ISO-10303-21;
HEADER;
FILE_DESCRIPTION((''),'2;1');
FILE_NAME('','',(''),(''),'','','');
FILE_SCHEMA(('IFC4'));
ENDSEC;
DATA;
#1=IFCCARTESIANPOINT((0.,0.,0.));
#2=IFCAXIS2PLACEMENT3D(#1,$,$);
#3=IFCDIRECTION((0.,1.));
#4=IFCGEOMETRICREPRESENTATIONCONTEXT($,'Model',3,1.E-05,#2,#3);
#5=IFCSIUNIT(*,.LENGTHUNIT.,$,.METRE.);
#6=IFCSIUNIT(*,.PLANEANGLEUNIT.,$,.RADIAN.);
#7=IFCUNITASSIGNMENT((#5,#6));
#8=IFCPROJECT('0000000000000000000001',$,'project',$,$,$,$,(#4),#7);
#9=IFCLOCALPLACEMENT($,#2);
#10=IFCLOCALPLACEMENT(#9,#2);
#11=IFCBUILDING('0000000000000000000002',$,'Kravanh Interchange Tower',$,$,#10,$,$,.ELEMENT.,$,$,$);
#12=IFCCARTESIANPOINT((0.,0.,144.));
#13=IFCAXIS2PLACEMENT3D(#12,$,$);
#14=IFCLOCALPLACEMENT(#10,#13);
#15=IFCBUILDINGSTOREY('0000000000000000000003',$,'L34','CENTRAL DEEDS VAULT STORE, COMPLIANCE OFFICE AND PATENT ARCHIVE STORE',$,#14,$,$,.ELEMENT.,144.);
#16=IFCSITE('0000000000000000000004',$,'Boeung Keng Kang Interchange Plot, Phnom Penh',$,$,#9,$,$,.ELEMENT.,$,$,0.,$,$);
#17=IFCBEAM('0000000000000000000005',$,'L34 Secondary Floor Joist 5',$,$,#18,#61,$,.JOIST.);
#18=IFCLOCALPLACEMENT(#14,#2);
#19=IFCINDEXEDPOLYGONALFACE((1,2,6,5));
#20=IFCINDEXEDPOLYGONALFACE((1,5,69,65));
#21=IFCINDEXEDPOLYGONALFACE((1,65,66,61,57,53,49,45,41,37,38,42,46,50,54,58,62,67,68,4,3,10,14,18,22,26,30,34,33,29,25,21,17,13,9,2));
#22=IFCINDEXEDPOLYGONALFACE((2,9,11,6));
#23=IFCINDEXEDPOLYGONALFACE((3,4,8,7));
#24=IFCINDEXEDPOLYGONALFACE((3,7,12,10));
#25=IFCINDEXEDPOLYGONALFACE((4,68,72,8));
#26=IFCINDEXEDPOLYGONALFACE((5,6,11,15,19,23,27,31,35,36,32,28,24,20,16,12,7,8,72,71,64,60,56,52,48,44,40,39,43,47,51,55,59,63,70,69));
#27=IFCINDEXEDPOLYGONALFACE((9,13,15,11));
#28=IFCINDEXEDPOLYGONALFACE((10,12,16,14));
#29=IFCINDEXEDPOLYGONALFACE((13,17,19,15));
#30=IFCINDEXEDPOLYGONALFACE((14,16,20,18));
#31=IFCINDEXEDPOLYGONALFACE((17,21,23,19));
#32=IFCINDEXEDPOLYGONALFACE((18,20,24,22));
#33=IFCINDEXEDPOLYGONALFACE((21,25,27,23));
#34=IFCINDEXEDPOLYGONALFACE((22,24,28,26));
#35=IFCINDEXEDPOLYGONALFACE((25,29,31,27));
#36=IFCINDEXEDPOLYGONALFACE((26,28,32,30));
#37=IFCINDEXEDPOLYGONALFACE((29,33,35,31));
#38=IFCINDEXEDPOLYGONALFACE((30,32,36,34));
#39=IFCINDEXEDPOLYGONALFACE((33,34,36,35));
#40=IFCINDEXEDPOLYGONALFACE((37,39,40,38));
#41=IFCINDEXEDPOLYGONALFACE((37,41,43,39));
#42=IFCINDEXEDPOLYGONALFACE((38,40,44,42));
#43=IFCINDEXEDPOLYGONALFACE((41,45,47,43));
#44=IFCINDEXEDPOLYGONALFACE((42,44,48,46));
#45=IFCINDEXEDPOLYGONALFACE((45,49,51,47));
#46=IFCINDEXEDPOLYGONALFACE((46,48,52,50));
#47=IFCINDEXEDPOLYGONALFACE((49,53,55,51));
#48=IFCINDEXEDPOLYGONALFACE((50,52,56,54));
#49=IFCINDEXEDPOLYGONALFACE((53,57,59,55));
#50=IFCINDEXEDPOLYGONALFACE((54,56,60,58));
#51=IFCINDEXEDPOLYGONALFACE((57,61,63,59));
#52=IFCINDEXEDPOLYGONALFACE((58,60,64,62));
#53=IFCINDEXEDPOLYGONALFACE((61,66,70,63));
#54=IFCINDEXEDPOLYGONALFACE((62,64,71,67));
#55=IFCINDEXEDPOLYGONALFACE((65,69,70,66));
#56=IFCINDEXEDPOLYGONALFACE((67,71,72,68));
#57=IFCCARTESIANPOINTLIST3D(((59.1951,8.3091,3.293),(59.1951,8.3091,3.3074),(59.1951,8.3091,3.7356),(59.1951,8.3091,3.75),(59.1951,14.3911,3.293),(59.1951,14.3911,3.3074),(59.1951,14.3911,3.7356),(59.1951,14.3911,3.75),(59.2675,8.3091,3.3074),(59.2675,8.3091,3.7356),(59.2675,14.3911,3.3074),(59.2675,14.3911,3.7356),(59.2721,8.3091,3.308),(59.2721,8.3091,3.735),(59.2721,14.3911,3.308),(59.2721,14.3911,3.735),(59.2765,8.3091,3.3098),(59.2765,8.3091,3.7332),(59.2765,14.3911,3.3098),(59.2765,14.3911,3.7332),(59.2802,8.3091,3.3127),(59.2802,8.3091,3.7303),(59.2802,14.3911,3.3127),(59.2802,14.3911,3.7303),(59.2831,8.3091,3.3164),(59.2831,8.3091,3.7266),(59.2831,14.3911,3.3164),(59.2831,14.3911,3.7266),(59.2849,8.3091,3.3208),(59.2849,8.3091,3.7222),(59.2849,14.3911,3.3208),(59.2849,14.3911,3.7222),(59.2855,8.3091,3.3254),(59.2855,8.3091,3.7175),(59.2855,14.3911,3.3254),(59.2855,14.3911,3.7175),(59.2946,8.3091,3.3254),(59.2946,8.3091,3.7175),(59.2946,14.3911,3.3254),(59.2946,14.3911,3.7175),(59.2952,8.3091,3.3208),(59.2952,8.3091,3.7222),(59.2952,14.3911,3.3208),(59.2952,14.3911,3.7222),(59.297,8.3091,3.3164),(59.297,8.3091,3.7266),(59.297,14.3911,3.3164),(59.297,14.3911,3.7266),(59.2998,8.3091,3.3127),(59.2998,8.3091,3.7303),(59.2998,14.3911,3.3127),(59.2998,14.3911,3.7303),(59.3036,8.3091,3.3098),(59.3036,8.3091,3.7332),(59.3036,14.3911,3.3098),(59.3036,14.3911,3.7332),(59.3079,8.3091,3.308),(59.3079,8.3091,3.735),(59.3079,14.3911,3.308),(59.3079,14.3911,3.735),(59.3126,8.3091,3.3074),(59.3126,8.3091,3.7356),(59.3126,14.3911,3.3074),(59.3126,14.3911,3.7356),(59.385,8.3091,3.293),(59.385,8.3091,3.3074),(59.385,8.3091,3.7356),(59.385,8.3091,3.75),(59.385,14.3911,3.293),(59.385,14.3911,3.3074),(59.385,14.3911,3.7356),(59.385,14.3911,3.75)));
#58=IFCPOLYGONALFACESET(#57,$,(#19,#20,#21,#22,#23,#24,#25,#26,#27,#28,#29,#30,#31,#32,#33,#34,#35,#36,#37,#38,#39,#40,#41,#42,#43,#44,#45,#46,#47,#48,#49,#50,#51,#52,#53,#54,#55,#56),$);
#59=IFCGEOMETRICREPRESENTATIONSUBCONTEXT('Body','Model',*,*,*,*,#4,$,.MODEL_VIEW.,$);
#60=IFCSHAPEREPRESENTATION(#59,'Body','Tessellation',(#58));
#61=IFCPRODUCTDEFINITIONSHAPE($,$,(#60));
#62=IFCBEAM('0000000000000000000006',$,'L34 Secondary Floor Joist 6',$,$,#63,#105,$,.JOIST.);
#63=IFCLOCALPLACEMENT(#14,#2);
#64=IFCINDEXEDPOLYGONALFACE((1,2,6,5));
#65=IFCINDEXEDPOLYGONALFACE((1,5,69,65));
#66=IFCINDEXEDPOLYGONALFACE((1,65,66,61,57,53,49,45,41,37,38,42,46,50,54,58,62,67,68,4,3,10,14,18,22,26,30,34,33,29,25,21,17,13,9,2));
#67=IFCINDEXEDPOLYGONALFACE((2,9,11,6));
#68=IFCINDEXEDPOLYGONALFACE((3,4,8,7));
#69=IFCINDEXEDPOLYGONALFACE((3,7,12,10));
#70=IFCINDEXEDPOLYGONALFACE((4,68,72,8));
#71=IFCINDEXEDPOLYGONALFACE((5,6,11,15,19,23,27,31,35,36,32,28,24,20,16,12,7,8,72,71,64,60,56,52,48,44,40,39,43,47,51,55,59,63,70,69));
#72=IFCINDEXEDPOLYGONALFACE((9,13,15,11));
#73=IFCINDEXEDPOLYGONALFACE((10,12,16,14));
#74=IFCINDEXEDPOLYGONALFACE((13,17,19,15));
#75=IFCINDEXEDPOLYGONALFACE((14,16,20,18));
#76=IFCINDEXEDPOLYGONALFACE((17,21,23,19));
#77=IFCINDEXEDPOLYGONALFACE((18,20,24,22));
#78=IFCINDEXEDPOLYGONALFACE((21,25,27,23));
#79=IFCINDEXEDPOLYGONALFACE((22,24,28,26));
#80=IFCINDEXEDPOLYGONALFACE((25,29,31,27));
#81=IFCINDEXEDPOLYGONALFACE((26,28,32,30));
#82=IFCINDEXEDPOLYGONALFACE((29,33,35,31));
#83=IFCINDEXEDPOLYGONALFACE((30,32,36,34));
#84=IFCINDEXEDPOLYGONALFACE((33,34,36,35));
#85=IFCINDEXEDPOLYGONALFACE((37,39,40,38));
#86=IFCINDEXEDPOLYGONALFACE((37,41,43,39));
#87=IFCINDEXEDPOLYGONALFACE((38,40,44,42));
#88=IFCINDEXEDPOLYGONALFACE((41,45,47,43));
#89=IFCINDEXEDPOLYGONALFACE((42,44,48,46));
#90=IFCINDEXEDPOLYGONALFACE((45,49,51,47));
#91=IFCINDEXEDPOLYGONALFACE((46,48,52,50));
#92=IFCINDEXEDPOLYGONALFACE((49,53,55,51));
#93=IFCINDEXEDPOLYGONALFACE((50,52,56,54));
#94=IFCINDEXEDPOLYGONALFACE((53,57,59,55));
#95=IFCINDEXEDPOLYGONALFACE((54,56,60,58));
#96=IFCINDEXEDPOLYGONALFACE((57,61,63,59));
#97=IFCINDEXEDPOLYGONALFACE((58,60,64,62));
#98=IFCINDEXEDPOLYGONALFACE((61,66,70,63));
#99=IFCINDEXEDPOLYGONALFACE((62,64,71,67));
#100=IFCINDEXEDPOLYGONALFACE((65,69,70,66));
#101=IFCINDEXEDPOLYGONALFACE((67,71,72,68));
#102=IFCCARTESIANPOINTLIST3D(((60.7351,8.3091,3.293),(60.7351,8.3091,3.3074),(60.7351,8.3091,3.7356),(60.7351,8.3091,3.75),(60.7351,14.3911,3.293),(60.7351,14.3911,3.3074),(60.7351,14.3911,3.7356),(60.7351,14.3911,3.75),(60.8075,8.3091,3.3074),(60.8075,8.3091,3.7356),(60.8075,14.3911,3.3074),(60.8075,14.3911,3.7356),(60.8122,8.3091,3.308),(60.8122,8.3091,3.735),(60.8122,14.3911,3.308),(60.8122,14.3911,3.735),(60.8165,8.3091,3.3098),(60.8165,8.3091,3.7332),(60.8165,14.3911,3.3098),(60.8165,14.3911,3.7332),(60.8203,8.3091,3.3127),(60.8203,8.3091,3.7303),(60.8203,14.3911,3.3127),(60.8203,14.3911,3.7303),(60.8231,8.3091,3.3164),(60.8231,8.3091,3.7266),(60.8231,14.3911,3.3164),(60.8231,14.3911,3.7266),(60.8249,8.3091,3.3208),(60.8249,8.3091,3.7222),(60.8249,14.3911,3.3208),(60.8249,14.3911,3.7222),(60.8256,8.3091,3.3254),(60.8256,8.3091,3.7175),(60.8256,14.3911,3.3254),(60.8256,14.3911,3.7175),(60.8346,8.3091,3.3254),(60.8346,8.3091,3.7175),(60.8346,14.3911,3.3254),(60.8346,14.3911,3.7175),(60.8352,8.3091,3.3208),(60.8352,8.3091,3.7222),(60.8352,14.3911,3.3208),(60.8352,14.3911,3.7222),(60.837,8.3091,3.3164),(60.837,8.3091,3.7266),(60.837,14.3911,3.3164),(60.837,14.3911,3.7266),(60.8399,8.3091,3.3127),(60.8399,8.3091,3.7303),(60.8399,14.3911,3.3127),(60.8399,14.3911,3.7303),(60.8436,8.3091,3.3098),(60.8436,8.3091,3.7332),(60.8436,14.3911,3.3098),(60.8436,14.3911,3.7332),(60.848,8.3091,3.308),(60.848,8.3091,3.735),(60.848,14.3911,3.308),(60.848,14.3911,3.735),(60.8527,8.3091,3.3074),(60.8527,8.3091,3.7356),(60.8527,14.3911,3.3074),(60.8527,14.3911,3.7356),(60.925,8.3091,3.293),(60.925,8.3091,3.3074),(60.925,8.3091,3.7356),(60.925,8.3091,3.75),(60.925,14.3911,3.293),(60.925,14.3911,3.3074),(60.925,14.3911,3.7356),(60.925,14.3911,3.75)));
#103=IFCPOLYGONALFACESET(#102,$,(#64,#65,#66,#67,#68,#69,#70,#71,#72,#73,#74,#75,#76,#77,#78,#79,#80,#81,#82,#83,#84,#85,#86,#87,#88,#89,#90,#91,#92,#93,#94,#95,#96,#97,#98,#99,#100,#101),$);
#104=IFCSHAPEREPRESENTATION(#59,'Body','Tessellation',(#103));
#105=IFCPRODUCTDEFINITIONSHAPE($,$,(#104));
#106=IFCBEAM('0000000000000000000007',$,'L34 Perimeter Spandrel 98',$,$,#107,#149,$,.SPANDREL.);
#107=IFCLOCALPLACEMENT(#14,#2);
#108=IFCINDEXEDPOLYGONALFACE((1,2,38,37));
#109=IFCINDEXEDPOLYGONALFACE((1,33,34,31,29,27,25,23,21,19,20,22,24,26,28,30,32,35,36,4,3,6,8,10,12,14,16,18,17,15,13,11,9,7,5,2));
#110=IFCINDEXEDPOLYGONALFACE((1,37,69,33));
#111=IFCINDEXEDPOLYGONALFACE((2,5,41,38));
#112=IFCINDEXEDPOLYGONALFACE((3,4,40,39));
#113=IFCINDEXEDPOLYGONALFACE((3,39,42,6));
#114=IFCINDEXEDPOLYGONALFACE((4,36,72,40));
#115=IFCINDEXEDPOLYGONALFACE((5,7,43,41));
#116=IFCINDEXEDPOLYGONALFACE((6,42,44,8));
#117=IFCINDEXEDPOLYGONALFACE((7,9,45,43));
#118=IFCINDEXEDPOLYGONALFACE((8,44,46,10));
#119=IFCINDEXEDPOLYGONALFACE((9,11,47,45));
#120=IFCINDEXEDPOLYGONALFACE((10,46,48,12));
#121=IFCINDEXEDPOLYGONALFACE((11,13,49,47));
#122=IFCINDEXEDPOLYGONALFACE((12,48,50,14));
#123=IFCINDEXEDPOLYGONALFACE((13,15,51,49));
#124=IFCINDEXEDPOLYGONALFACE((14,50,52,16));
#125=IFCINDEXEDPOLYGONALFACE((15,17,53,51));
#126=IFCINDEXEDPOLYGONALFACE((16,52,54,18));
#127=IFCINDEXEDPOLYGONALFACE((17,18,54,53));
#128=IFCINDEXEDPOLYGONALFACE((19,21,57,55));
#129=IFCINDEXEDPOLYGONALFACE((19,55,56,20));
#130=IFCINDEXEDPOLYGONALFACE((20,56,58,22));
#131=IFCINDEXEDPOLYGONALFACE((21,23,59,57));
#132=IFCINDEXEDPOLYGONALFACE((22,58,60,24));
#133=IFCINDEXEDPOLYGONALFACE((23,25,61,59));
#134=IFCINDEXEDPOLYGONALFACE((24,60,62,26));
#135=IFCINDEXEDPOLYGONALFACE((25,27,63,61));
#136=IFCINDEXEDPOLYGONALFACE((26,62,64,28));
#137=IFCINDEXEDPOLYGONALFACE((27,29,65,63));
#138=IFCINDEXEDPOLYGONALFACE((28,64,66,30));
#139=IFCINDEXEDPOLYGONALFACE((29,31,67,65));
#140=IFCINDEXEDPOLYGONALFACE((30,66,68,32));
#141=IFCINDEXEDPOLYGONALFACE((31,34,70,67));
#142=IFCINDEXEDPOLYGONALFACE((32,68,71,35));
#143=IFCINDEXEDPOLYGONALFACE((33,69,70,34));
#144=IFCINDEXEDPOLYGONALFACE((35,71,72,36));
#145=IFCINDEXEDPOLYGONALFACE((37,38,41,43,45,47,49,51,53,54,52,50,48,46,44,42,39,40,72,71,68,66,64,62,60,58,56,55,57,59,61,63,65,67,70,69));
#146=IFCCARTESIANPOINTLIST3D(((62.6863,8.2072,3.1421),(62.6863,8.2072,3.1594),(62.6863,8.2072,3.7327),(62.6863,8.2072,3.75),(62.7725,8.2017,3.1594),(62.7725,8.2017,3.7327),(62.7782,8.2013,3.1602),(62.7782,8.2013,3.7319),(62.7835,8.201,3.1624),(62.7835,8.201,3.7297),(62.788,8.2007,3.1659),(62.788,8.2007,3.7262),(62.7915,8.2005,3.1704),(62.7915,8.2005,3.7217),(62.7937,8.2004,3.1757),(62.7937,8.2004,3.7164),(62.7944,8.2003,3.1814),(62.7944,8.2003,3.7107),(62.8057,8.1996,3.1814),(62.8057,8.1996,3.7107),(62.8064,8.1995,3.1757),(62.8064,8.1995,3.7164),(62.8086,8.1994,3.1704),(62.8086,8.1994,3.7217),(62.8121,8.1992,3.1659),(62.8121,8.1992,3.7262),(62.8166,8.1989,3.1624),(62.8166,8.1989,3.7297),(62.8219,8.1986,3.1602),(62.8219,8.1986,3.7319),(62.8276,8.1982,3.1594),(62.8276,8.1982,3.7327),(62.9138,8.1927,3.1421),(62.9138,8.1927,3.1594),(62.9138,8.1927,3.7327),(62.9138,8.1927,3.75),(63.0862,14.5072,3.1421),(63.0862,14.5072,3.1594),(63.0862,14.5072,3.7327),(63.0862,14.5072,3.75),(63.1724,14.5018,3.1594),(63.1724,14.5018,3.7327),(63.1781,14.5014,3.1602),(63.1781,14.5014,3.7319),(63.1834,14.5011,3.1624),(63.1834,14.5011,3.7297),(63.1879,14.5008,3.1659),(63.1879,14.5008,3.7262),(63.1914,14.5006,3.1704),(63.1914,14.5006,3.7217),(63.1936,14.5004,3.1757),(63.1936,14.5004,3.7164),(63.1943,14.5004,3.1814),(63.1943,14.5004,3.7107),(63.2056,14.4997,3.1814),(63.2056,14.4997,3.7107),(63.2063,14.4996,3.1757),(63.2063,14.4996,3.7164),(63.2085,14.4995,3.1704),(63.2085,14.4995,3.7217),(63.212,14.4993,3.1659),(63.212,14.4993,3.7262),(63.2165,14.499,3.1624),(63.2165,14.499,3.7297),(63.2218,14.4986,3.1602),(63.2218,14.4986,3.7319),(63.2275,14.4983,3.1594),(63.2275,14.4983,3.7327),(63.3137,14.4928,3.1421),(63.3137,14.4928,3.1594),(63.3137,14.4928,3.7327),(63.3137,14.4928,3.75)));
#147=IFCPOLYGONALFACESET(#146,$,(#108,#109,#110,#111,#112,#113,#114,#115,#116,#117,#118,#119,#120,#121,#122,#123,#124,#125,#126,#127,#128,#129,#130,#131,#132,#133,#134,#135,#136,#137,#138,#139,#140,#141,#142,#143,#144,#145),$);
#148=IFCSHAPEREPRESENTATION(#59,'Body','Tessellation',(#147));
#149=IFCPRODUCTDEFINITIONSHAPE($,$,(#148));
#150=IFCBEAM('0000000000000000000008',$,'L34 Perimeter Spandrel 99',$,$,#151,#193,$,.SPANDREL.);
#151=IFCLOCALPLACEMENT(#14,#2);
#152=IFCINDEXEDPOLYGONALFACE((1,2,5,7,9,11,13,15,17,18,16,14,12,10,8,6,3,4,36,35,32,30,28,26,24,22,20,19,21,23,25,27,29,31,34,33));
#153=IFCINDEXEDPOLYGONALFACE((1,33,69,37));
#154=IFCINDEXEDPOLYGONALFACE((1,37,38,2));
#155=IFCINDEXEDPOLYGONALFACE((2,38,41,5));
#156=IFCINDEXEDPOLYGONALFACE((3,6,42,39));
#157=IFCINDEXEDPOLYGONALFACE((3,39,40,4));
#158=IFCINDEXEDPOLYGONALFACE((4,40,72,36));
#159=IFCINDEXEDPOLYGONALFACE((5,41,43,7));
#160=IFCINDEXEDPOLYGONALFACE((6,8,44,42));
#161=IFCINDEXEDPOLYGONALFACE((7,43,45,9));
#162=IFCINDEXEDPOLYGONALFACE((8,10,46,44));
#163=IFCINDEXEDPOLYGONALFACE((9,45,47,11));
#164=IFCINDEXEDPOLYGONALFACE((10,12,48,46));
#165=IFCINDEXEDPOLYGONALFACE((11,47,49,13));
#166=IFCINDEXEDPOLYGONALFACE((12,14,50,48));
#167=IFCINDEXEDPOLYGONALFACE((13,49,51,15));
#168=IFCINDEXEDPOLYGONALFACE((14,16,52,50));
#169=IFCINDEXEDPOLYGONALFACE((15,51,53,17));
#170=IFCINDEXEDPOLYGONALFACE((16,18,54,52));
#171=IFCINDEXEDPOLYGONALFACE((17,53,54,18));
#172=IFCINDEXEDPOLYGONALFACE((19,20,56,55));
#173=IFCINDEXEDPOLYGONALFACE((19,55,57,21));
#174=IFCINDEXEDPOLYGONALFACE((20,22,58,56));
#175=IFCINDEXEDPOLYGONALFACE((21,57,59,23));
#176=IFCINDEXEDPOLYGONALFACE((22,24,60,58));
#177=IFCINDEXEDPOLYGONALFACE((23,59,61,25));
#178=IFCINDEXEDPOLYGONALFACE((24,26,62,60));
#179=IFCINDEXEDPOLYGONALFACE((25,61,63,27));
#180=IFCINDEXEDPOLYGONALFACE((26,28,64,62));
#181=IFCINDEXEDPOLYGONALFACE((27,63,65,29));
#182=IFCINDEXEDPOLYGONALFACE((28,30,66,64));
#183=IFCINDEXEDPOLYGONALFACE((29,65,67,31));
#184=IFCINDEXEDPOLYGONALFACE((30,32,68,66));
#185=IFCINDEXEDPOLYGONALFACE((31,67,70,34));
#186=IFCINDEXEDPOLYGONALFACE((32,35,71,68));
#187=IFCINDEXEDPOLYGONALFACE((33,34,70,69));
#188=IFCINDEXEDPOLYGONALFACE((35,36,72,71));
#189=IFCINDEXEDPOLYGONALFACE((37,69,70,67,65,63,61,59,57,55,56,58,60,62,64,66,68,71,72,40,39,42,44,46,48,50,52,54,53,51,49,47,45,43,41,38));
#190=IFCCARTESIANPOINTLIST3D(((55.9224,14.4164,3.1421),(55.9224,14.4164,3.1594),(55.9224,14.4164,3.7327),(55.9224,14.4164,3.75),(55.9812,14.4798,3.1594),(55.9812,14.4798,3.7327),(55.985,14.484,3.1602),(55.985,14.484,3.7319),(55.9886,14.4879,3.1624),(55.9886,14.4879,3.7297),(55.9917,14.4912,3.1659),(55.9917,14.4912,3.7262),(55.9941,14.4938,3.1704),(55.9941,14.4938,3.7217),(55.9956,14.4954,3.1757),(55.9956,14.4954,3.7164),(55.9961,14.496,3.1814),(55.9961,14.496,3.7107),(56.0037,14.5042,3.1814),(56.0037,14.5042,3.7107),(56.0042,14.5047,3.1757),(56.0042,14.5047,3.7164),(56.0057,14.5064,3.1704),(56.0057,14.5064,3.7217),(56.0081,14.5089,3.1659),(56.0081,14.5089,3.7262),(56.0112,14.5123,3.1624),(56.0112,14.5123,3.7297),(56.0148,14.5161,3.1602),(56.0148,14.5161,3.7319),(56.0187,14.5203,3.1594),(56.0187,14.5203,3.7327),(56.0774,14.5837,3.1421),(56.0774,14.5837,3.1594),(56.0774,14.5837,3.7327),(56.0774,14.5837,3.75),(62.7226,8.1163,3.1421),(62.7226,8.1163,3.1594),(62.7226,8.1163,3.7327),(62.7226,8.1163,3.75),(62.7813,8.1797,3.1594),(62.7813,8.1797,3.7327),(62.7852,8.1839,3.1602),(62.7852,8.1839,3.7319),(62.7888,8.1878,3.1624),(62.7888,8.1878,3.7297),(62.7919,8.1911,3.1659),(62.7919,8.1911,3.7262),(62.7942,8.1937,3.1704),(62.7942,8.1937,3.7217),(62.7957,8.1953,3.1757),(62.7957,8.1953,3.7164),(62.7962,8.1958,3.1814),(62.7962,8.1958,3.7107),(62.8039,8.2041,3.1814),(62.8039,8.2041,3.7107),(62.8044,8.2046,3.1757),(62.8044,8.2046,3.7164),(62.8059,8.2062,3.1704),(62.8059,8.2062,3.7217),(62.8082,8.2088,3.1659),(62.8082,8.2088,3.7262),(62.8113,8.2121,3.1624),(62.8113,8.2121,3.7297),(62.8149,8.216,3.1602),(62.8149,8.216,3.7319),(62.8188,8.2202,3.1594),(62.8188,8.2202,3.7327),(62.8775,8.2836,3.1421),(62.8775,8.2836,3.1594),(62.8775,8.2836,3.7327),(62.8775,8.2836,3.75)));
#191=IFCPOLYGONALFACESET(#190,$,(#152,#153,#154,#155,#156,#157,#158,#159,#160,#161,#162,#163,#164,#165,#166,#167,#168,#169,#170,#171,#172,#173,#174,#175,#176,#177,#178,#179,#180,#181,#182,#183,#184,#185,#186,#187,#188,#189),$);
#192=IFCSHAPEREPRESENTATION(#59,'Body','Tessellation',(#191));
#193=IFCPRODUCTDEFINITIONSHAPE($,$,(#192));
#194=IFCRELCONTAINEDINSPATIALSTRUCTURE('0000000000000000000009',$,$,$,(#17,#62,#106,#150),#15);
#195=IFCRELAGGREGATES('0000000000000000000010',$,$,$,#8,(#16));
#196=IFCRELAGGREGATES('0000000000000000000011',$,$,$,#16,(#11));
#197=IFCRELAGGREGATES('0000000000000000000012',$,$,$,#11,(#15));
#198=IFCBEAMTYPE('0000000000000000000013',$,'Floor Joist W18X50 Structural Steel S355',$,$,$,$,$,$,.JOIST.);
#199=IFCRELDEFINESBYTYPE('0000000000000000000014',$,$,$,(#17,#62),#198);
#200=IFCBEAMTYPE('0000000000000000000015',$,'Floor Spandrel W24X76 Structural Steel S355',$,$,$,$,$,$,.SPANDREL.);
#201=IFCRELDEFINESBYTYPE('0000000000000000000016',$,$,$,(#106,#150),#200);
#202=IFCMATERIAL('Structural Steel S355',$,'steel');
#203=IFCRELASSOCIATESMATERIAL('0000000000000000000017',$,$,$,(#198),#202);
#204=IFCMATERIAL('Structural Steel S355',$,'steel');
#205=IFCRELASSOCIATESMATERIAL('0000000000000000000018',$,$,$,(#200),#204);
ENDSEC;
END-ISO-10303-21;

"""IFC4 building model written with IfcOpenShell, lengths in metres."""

from ifc_helpers import new_model, si_unit, direction, frame, origin, origin_2d, place, context, subcontext, project, spatial, i_section, extrude, material, material_profile, profile_set, type_object, element, save


model = new_model("IFC4")

# Units and contexts
model_context = context("Model", 3, precision=1e-05, world=origin(), true_north=direction((0.0, 1.0)))
body_context = subcontext(model_context, "Body", "Model", "MODEL_VIEW")
ifc_project = project(units=[si_unit("LENGTHUNIT", "METRE"), si_unit("PLANEANGLEUNIT", "RADIAN")], contexts=[model_context])

# Site, building, storey
site_placement = place(None, origin())
site = spatial("IfcSite", under=ifc_project, at=site_placement, Name="Boeung Keng Kang Interchange Plot, Phnom Penh", CompositionType="ELEMENT", RefElevation=0.0)
building_placement = place(site_placement, origin())
building = spatial("IfcBuilding", under=site, at=building_placement, Name="Kravanh Interchange Tower", CompositionType="ELEMENT")
storey_placement = place(building_placement, frame((0.0, 0.0, 144.0)))
storey = spatial("IfcBuildingStorey", under=building, at=storey_placement, Name="L34", Description="CENTRAL DEEDS VAULT STORE, COMPLIANCE OFFICE AND PATENT ARCHIVE STORE", CompositionType="ELEMENT", Elevation=144.0)

# Beams
ifc_material_1 = material(Name="Structural Steel S355", Category="steel")
ifc_material_profile_1 = material_profile(ifc_material_1, i_section(OverallWidth=0.1899, OverallDepth=0.457, WebThickness=0.009, FlangeThickness=0.0144, FilletRadius=0.0181, at=origin_2d()), Name="W18X50")
ifc_profile_set_1 = profile_set([ifc_material_profile_1], Name="Structural Steel S355")
beam_type_1 = type_object("IfcBeamType", Name="Floor Joist W18X50 Structural Steel S355", PredefinedType="JOIST", material=ifc_profile_set_1)
for number, where, z_axis, x_axis, name in (
    (1, (59.29, 8.3091, 3.5215), (0.0, 1.0, 0.0), (-1.0, 0.0, 0.0), "L34 Secondary Floor Joist 5"),
    (2, (60.8301, 8.3091, 3.5215), (0.0, 1.0, 0.0), (-1.0, 0.0, 0.0), "L34 Secondary Floor Joist 6"),
):
    element("IfcBeam", number, at=place(storey_placement, frame(where, z_axis=z_axis, x_axis=x_axis)), inside=storey, type_object=beam_type_1, Name=name, PredefinedType="JOIST", context=body_context, shape_type="SweptSolid", body=[
        extrude(i_section(OverallWidth=0.1899, OverallDepth=0.457, WebThickness=0.009, FlangeThickness=0.0144, FilletRadius=0.0181, at=origin_2d()), origin(), (0.0, 0.0, 1.0), 6.082),
    ])
ifc_material_2 = material(Name="Structural Steel S355", Category="steel")
ifc_material_profile_2 = material_profile(ifc_material_2, i_section(OverallWidth=0.228, OverallDepth=0.6079, WebThickness=0.0112, FlangeThickness=0.0173, FilletRadius=0.022, at=origin_2d()), Name="W24X76")
ifc_profile_set_2 = profile_set([ifc_material_profile_2], Name="Structural Steel S355")
beam_type_2 = type_object("IfcBeamType", Name="Floor Spandrel W24X76 Structural Steel S355", PredefinedType="SPANDREL", material=ifc_profile_set_2)
beam_1_placement = place(storey_placement, frame((62.8, 8.2, 3.446), z_axis=(0.063349, 0.997991, 0.0), x_axis=(-0.997991, 0.063349, 0.0)))
element("IfcBeam", 3, at=beam_1_placement, inside=storey, type_object=beam_type_2, Name="L34 Perimeter Spandrel 98", PredefinedType="SPANDREL", context=body_context, shape_type="SweptSolid", body=[
    extrude(i_section(OverallWidth=0.228, OverallDepth=0.6079, WebThickness=0.0112, FlangeThickness=0.0173, FilletRadius=0.022, at=origin_2d()), origin(), (0.0, 0.0, 1.0), 6.3127),
])
beam_2_placement = place(storey_placement, frame((62.8, 8.2, 3.446), z_axis=(-0.733561, 0.679623, 0.0), x_axis=(-0.679623, -0.733561, 0.0)))
element("IfcBeam", 4, at=beam_2_placement, inside=storey, type_object=beam_type_2, Name="L34 Perimeter Spandrel 99", PredefinedType="SPANDREL", context=body_context, shape_type="SweptSolid", body=[
    extrude(i_section(OverallWidth=0.228, OverallDepth=0.6079, WebThickness=0.0112, FlangeThickness=0.0173, FilletRadius=0.022, at=origin_2d()), origin(), (0.0, 0.0, 1.0), 9.27),
])

save(model, "model.ifc")
